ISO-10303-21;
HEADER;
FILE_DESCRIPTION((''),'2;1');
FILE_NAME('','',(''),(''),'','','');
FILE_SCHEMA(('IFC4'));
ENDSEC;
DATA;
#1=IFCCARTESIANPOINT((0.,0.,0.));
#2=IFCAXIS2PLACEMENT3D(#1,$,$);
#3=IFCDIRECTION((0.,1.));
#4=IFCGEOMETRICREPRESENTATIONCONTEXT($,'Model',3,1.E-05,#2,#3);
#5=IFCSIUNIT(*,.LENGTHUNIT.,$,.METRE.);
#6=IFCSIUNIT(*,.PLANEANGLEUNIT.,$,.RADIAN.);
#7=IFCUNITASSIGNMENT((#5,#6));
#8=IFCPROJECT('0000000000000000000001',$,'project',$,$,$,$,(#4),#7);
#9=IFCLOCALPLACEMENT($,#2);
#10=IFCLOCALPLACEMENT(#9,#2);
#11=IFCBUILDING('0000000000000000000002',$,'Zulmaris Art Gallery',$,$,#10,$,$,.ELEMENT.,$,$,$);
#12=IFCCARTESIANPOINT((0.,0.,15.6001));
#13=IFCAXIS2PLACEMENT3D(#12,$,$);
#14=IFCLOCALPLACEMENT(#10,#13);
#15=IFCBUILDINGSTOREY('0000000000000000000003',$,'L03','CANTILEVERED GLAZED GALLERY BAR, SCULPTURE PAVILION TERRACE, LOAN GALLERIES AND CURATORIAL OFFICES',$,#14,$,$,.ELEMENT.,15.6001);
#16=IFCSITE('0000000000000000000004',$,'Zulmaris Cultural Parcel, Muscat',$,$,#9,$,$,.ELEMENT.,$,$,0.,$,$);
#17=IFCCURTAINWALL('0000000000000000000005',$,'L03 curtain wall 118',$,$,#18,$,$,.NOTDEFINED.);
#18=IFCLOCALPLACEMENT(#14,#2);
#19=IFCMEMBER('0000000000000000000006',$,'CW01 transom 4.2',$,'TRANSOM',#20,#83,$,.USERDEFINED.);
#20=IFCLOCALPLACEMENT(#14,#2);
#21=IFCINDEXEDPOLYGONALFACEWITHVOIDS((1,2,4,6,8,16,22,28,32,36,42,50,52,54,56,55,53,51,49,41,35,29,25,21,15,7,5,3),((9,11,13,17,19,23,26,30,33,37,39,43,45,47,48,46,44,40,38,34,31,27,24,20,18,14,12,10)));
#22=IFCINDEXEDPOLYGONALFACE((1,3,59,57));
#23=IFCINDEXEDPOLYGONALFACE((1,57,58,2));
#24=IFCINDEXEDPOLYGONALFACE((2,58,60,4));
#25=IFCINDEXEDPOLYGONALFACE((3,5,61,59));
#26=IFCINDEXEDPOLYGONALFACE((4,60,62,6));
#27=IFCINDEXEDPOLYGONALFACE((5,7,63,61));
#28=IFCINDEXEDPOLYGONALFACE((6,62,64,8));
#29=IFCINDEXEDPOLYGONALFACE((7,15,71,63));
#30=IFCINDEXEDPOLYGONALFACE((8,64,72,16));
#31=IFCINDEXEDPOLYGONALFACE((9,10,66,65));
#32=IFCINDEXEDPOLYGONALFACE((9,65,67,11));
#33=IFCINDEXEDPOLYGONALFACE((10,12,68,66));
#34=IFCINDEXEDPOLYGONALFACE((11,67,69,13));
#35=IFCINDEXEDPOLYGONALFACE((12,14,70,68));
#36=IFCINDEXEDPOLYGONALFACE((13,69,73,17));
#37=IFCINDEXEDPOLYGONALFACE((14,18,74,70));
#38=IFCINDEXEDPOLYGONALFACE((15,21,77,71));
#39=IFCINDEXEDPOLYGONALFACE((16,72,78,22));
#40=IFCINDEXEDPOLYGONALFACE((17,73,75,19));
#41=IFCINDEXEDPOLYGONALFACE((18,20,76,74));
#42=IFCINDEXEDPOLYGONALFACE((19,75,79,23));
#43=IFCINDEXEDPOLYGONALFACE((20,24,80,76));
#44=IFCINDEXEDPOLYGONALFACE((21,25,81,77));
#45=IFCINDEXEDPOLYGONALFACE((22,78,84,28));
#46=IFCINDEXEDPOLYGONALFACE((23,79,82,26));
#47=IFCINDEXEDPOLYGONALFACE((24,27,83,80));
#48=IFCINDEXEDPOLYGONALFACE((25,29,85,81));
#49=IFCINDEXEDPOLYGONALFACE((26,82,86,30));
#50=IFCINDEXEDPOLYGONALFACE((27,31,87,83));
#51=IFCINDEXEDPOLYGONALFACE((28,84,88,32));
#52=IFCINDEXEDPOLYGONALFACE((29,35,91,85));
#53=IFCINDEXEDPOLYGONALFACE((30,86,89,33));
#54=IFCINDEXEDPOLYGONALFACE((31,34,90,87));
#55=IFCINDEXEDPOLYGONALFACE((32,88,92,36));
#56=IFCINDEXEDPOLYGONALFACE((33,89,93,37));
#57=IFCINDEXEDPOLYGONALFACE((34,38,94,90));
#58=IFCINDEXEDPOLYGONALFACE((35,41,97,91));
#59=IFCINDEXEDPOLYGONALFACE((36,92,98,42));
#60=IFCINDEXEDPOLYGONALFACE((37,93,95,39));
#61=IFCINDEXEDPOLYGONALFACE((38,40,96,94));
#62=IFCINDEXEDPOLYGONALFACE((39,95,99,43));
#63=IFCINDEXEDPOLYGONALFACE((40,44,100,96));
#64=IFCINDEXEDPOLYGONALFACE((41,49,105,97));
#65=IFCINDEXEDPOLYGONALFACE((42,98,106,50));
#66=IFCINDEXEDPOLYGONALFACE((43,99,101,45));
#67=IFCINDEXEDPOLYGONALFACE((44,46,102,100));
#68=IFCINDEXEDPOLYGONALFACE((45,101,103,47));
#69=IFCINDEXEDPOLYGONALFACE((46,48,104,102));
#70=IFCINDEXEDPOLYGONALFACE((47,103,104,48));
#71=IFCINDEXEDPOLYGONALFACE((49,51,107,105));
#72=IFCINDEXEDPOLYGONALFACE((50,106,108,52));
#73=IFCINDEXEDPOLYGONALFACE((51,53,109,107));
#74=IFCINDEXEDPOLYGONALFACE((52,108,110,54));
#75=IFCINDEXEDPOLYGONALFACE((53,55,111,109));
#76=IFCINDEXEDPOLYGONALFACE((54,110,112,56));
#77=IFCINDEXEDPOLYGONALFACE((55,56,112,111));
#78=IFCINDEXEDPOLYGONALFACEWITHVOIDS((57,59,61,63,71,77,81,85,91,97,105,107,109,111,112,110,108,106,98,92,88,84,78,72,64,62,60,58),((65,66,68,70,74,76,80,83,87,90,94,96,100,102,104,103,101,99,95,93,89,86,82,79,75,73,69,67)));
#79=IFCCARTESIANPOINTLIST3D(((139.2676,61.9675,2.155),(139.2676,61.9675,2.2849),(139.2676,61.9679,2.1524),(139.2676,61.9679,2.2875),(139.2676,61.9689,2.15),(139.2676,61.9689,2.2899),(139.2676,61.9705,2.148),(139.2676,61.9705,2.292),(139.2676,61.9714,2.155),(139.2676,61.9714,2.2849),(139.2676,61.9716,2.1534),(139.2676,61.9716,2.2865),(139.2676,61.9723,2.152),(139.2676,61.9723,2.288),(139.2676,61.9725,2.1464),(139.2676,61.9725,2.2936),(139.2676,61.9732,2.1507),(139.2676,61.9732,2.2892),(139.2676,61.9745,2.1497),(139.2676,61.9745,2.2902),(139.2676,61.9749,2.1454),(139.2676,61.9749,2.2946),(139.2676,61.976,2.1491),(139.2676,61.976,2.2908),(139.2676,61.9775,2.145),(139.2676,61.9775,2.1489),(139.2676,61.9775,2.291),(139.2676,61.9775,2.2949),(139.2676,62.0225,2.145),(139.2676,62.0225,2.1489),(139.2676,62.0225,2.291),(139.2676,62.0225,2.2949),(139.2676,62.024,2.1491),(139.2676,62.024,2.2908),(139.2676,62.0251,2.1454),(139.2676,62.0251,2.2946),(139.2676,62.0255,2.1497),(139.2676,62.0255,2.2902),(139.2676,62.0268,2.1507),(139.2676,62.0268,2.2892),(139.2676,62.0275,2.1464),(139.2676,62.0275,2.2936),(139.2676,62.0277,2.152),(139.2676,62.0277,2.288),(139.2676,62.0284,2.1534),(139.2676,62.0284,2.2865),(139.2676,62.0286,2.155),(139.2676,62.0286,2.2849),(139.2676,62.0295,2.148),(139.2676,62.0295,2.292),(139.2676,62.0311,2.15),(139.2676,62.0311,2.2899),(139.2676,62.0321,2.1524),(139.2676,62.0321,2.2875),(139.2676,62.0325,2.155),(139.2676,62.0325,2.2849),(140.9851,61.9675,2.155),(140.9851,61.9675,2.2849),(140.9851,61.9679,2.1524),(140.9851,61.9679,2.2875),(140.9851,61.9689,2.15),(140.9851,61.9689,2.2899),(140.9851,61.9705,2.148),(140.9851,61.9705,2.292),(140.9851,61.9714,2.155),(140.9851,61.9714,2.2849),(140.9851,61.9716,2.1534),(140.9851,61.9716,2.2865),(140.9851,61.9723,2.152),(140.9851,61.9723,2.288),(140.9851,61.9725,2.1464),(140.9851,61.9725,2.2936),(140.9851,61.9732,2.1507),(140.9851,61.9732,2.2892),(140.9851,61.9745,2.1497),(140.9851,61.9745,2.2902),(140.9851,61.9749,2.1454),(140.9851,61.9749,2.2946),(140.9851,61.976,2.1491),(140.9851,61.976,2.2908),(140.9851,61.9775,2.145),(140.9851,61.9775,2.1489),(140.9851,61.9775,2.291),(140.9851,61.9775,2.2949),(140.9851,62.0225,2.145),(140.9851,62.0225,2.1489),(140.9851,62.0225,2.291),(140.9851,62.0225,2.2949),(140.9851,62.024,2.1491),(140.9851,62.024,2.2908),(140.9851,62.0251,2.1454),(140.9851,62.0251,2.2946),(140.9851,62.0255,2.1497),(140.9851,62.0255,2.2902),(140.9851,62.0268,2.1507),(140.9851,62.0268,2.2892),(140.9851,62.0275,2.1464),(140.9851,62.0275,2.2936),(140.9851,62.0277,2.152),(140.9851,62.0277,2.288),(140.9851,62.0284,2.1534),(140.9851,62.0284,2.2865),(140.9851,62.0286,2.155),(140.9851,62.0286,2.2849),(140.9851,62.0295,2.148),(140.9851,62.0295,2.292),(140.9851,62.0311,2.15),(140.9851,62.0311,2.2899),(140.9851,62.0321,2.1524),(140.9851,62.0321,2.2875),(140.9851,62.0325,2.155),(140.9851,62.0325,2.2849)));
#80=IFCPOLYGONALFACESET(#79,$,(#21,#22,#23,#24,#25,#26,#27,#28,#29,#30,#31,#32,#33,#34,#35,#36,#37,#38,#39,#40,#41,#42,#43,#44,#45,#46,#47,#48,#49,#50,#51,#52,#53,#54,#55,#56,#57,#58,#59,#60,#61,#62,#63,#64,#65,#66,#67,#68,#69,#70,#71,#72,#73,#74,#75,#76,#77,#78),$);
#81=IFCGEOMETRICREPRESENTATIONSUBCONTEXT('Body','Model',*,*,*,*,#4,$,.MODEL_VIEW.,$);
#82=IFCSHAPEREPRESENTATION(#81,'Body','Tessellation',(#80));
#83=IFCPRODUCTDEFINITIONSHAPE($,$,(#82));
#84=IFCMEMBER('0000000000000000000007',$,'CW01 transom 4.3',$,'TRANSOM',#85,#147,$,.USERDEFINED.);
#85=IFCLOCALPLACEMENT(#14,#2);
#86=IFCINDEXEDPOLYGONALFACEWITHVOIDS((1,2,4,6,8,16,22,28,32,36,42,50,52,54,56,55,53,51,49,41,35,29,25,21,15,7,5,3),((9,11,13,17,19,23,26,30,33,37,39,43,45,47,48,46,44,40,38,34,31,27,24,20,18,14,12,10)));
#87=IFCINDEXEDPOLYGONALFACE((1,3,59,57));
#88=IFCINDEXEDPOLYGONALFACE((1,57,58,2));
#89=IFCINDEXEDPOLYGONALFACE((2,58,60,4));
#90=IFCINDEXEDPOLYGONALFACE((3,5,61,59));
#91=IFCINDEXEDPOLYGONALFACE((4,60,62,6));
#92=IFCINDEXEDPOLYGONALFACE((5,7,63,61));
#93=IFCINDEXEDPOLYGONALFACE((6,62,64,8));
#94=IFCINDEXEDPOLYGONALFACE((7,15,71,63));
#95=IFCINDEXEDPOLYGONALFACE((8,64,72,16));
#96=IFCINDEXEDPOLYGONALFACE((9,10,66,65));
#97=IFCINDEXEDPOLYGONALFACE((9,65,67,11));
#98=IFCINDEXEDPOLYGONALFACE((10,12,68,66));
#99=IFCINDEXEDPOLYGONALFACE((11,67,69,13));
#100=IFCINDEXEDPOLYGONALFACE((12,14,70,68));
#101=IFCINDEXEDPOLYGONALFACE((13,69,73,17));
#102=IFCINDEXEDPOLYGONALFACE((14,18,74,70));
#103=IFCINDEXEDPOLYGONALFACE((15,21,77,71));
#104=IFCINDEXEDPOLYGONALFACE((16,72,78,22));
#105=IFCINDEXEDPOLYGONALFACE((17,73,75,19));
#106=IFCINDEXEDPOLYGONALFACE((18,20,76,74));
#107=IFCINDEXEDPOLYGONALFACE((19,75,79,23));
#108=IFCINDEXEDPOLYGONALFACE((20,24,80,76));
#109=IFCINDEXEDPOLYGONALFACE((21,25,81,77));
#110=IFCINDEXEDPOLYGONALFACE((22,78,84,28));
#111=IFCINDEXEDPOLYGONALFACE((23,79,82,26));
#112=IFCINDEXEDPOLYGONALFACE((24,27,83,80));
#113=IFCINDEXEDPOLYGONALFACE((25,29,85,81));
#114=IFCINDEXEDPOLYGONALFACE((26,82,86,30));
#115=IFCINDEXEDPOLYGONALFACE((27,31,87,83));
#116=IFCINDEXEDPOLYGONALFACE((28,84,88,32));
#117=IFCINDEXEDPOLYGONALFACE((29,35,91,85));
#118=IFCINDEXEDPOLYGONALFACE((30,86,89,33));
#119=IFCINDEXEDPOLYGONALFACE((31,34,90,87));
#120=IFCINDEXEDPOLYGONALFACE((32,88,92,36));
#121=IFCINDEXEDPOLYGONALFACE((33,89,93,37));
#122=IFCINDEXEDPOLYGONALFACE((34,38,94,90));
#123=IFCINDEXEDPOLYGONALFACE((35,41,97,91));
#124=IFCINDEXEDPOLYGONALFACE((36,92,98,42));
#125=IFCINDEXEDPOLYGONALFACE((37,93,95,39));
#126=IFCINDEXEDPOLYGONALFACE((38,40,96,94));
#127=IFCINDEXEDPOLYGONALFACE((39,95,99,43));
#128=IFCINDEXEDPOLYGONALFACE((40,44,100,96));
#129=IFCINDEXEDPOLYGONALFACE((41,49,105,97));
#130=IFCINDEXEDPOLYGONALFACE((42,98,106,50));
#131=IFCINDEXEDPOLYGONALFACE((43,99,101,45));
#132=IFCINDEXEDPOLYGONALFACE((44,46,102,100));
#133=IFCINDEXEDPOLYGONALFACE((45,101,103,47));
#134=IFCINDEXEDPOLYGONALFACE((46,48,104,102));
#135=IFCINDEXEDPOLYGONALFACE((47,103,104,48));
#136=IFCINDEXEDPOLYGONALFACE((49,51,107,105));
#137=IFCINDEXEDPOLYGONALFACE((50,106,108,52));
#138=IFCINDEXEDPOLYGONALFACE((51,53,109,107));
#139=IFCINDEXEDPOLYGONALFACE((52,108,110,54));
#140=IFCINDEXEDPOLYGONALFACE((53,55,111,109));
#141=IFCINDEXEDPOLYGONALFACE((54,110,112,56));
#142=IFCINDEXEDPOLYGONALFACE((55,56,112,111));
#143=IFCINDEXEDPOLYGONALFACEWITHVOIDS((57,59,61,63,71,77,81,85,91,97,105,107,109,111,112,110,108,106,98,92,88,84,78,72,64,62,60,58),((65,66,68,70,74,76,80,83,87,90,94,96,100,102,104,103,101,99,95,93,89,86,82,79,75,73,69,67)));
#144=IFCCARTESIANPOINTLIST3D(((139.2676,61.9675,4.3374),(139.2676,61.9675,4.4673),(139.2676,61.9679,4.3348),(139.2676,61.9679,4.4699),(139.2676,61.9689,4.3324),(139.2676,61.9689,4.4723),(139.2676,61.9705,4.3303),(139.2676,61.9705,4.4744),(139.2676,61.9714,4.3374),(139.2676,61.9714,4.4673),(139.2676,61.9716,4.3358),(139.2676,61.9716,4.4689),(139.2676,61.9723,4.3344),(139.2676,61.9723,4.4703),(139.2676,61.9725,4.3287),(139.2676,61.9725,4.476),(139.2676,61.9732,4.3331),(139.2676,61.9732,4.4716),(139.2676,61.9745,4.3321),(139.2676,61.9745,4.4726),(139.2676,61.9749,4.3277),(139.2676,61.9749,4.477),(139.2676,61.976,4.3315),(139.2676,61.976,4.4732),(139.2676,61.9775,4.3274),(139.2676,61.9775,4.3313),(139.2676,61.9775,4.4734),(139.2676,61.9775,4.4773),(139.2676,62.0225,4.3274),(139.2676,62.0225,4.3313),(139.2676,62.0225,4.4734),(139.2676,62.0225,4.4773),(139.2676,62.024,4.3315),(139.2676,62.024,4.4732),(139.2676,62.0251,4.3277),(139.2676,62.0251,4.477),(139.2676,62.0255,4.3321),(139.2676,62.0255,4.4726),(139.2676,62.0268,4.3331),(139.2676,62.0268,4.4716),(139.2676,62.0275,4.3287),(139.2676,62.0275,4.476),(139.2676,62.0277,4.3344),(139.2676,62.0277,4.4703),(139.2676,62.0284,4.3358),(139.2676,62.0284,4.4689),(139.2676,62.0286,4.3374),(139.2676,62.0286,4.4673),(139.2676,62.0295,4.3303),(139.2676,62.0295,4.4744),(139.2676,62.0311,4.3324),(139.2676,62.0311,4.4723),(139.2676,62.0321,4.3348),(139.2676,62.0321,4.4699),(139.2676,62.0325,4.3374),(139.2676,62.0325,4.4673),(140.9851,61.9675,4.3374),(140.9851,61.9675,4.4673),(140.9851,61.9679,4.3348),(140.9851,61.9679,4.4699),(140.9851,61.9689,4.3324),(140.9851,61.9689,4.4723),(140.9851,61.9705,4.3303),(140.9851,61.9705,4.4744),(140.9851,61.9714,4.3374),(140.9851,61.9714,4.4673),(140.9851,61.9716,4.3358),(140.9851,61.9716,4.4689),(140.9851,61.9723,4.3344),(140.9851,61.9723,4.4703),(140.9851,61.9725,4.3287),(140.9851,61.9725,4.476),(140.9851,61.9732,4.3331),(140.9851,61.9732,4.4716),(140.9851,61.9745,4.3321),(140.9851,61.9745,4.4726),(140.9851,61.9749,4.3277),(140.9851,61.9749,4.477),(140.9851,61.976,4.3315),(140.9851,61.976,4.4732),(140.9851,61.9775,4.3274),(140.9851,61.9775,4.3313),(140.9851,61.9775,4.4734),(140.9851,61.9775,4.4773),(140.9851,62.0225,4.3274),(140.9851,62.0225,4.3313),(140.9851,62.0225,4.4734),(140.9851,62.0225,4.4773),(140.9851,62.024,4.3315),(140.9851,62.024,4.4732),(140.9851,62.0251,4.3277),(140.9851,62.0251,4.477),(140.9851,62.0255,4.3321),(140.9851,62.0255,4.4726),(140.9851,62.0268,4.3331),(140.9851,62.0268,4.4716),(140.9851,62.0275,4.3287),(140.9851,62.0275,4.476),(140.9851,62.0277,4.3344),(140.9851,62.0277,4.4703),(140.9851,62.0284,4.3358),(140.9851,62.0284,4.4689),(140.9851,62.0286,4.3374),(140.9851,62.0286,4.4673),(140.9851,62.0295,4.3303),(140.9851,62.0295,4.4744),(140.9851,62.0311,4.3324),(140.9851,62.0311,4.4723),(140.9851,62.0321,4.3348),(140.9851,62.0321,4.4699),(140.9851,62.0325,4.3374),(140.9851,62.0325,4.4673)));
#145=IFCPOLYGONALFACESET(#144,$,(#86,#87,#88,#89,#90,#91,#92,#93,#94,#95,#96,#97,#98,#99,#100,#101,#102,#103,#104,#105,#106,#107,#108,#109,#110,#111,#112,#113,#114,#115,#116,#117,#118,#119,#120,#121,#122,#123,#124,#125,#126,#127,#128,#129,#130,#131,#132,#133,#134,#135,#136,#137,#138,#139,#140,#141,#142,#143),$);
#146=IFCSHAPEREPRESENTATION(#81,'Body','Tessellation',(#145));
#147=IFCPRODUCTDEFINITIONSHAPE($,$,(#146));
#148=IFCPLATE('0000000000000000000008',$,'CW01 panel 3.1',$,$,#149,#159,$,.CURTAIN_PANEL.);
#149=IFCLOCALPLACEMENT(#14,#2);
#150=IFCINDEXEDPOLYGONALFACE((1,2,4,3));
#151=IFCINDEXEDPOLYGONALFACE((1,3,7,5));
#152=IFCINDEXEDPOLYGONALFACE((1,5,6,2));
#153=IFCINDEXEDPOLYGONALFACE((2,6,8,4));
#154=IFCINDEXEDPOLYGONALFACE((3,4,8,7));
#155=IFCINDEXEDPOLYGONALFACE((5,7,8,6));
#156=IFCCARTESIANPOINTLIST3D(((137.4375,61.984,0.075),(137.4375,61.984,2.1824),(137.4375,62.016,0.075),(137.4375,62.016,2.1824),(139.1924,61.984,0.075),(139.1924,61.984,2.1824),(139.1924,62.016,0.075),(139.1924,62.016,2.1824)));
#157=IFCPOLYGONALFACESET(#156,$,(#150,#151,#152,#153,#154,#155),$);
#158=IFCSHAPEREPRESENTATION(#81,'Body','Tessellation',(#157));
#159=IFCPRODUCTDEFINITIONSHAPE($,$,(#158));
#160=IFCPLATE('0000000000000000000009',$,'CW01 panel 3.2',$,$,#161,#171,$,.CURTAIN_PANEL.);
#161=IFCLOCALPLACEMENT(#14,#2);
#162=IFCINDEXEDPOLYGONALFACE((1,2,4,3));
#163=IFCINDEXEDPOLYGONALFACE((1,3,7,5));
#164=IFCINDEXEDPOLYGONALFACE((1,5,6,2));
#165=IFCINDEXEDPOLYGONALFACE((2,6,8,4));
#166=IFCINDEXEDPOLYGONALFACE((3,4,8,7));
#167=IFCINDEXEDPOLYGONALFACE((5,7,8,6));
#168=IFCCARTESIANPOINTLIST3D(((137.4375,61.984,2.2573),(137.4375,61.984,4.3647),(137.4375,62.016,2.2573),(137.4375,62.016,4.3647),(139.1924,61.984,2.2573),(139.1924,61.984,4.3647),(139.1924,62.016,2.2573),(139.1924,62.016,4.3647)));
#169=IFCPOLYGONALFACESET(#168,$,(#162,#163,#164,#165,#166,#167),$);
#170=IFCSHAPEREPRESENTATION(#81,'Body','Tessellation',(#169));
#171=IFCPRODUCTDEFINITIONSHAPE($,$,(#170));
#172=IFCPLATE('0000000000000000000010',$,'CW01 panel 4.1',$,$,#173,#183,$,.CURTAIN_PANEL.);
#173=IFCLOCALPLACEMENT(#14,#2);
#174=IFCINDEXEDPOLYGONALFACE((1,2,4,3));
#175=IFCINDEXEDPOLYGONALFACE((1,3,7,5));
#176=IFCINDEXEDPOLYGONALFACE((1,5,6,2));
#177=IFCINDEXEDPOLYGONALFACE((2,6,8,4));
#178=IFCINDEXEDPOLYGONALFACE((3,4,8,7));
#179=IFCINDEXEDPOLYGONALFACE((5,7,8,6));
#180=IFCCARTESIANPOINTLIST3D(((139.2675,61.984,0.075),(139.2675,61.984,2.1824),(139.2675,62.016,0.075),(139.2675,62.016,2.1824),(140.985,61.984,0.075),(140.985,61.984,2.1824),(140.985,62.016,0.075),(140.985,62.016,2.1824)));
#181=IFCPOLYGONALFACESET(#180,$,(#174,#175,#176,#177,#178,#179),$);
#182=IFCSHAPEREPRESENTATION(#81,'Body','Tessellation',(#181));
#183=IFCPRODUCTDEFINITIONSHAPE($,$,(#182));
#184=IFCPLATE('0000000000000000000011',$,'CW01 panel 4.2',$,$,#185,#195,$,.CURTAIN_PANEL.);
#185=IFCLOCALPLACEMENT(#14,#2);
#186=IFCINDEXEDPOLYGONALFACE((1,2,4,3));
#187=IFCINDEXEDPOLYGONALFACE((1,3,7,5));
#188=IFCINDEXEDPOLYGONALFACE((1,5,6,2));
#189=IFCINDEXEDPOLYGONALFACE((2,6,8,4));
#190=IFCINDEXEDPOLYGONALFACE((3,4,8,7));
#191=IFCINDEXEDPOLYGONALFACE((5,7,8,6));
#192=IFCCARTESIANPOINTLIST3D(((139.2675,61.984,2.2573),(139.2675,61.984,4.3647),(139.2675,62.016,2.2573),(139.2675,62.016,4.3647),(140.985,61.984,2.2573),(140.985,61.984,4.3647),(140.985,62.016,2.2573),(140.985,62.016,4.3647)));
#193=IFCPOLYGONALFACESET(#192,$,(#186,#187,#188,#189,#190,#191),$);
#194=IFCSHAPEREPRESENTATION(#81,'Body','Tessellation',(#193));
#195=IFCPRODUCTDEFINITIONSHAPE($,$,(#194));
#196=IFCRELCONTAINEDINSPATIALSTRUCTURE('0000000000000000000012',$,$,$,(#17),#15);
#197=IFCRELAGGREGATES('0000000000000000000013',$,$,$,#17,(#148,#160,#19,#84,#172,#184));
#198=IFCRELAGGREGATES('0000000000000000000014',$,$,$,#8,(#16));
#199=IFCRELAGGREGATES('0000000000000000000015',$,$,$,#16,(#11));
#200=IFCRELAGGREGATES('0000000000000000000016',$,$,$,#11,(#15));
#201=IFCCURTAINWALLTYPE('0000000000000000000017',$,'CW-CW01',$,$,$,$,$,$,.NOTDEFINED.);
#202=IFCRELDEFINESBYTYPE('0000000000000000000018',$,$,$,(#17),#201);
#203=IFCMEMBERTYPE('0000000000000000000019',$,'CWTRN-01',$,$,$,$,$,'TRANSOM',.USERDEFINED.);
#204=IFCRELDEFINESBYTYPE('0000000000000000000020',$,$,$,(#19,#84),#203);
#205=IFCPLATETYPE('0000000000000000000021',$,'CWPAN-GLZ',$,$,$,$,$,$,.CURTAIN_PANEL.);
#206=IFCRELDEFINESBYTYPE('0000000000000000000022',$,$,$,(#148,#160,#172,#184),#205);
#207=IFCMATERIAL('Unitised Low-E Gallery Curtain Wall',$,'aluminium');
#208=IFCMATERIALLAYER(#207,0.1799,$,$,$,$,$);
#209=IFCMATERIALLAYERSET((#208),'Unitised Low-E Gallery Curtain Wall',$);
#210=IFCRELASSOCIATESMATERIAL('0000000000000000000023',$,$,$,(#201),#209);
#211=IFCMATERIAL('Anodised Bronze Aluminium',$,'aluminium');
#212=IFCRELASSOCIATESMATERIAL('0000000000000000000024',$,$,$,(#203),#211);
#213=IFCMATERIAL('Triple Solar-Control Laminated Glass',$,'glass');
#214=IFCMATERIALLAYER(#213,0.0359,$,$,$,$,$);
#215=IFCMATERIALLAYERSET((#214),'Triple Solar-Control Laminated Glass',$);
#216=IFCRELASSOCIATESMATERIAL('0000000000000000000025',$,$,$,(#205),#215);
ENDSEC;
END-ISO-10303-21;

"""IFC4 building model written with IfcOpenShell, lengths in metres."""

from ifc_helpers import new_model, si_unit, direction, frame, origin, origin_2d, place, context, subcontext, project, spatial, rectangle, hollow_rectangle, extrude, material, layer, layer_set, material_profile, profile_set, type_object, element, aggregate, save


model = new_model("IFC4")

# Units and contexts
model_context = context("Model", 3, precision=1e-05, world=origin(), true_north=direction((0.0, 1.0)))
body_context = subcontext(model_context, "Body", "Model", "MODEL_VIEW")
ifc_project = project(units=[si_unit("LENGTHUNIT", "METRE"), si_unit("PLANEANGLEUNIT", "RADIAN")], contexts=[model_context])

# Site, building, storey
site_placement = place(None, origin())
site = spatial("IfcSite", under=ifc_project, at=site_placement, Name="Zulmaris Cultural Parcel, Muscat", CompositionType="ELEMENT", RefElevation=0.0)
building_placement = place(site_placement, origin())
building = spatial("IfcBuilding", under=site, at=building_placement, Name="Zulmaris Art Gallery", CompositionType="ELEMENT")
storey_placement = place(building_placement, frame((0.0, 0.0, 15.6001)))
storey = spatial("IfcBuildingStorey", under=building, at=storey_placement, Name="L03", Description="CANTILEVERED GLAZED GALLERY BAR, SCULPTURE PAVILION TERRACE, LOAN GALLERIES AND CURATORIAL OFFICES", CompositionType="ELEMENT", Elevation=15.6001)

# Curtain wall, members, plates
ifc_material_1 = material(Name="Unitised Low-E Gallery Curtain Wall", Category="aluminium")
ifc_layer_1 = layer(ifc_material_1, 0.1799)
ifc_layer_set_1 = layer_set([ifc_layer_1], Name="Unitised Low-E Gallery Curtain Wall")
curtain_wall_type = type_object("IfcCurtainWallType", Name="CW-CW01", PredefinedType="NOTDEFINED", material=ifc_layer_set_1)
curtain_wall_placement = place(storey_placement, origin())
curtain_wall = element("IfcCurtainWall", 1, at=curtain_wall_placement, inside=storey, type_object=curtain_wall_type, Name="L03 curtain wall 118", PredefinedType="NOTDEFINED")
ifc_material_2 = material(Name="Anodised Bronze Aluminium", Category="aluminium")
ifc_material_profile_1 = material_profile(ifc_material_2, hollow_rectangle(XDim=0.0649, YDim=0.1499, WallThickness=0.0039, InnerFilletRadius=0.0061, OuterFilletRadius=0.01, at=origin_2d()), Name="ALU 65x150x4")
ifc_profile_set_1 = profile_set([ifc_material_profile_1], Name="Anodised Bronze Aluminium")
member_type_1 = type_object("IfcMemberType", Name="CWTRN-01", ElementType="TRANSOM", PredefinedType="USERDEFINED", material=ifc_profile_set_1)
member_1_placement = place(storey_placement, frame((139.2676, 62.0, 2.22), z_axis=(1.0, 0.0, 0.0), x_axis=(0.0, 1.0, 0.0)))
member_1 = element("IfcMember", 2, at=member_1_placement, type_object=member_type_1, Name="CW01 transom 4.2", ObjectType="TRANSOM", PredefinedType="USERDEFINED", context=body_context, shape_type="SweptSolid", body=[
    extrude(hollow_rectangle(XDim=0.0649, YDim=0.1499, WallThickness=0.0039, InnerFilletRadius=0.0061, OuterFilletRadius=0.01, at=origin_2d()), origin(), (0.0, 0.0, 1.0), 1.7175),
])
member_2_placement = place(storey_placement, frame((139.2676, 62.0, 4.4023), z_axis=(1.0, 0.0, 0.0), x_axis=(0.0, 1.0, 0.0)))
member_2 = element("IfcMember", 3, at=member_2_placement, type_object=member_type_1, Name="CW01 transom 4.3", ObjectType="TRANSOM", PredefinedType="USERDEFINED", context=body_context, shape_type="SweptSolid", body=[
    extrude(hollow_rectangle(XDim=0.0649, YDim=0.1499, WallThickness=0.0039, InnerFilletRadius=0.0061, OuterFilletRadius=0.01, at=origin_2d()), origin(), (0.0, 0.0, 1.0), 1.7175),
])
ifc_material_3 = material(Name="Triple Solar-Control Laminated Glass", Category="glass")
ifc_layer_2 = layer(ifc_material_3, 0.0359)
ifc_layer_set_2 = layer_set([ifc_layer_2], Name="Triple Solar-Control Laminated Glass")
plate_type = type_object("IfcPlateType", Name="CWPAN-GLZ", PredefinedType="CURTAIN_PANEL", material=ifc_layer_set_2)
plate_1_placement = place(storey_placement, frame((138.3149, 62.0, 0.075), z_axis=(0.0, 0.0, 1.0), x_axis=(1.0, 0.0, 0.0)))
plate_1 = element("IfcPlate", 4, at=plate_1_placement, type_object=plate_type, Name="CW01 panel 3.1", PredefinedType="CURTAIN_PANEL", context=body_context, shape_type="SweptSolid", body=[
    extrude(rectangle(XDim=1.7549, YDim=0.032, at=origin_2d()), origin(), (0.0, 0.0, 1.0), 2.1074),
])
plate_2_placement = place(storey_placement, frame((138.3149, 62.0, 2.2573), z_axis=(0.0, 0.0, 1.0), x_axis=(1.0, 0.0, 0.0)))
plate_2 = element("IfcPlate", 5, at=plate_2_placement, type_object=plate_type, Name="CW01 panel 3.2", PredefinedType="CURTAIN_PANEL", context=body_context, shape_type="SweptSolid", body=[
    extrude(rectangle(XDim=1.7549, YDim=0.032, at=origin_2d()), origin(), (0.0, 0.0, 1.0), 2.1074),
])
plate_3_placement = place(storey_placement, frame((140.1262, 62.0, 0.075), z_axis=(0.0, 0.0, 1.0), x_axis=(1.0, 0.0, 0.0)))
plate_3 = element("IfcPlate", 6, at=plate_3_placement, type_object=plate_type, Name="CW01 panel 4.1", PredefinedType="CURTAIN_PANEL", context=body_context, shape_type="SweptSolid", body=[
    extrude(rectangle(XDim=1.7175, YDim=0.032, at=origin_2d()), origin(), (0.0, 0.0, 1.0), 2.1074),
])
plate_4_placement = place(storey_placement, frame((140.1262, 62.0, 2.2573), z_axis=(0.0, 0.0, 1.0), x_axis=(1.0, 0.0, 0.0)))
plate_4 = element("IfcPlate", 7, at=plate_4_placement, type_object=plate_type, Name="CW01 panel 4.2", PredefinedType="CURTAIN_PANEL", context=body_context, shape_type="SweptSolid", body=[
    extrude(rectangle(XDim=1.7175, YDim=0.032, at=origin_2d()), origin(), (0.0, 0.0, 1.0), 2.1074),
])
aggregate(curtain_wall, [plate_1, plate_2, member_1, member_2, plate_3, plate_4])

save(model, "model.ifc")
